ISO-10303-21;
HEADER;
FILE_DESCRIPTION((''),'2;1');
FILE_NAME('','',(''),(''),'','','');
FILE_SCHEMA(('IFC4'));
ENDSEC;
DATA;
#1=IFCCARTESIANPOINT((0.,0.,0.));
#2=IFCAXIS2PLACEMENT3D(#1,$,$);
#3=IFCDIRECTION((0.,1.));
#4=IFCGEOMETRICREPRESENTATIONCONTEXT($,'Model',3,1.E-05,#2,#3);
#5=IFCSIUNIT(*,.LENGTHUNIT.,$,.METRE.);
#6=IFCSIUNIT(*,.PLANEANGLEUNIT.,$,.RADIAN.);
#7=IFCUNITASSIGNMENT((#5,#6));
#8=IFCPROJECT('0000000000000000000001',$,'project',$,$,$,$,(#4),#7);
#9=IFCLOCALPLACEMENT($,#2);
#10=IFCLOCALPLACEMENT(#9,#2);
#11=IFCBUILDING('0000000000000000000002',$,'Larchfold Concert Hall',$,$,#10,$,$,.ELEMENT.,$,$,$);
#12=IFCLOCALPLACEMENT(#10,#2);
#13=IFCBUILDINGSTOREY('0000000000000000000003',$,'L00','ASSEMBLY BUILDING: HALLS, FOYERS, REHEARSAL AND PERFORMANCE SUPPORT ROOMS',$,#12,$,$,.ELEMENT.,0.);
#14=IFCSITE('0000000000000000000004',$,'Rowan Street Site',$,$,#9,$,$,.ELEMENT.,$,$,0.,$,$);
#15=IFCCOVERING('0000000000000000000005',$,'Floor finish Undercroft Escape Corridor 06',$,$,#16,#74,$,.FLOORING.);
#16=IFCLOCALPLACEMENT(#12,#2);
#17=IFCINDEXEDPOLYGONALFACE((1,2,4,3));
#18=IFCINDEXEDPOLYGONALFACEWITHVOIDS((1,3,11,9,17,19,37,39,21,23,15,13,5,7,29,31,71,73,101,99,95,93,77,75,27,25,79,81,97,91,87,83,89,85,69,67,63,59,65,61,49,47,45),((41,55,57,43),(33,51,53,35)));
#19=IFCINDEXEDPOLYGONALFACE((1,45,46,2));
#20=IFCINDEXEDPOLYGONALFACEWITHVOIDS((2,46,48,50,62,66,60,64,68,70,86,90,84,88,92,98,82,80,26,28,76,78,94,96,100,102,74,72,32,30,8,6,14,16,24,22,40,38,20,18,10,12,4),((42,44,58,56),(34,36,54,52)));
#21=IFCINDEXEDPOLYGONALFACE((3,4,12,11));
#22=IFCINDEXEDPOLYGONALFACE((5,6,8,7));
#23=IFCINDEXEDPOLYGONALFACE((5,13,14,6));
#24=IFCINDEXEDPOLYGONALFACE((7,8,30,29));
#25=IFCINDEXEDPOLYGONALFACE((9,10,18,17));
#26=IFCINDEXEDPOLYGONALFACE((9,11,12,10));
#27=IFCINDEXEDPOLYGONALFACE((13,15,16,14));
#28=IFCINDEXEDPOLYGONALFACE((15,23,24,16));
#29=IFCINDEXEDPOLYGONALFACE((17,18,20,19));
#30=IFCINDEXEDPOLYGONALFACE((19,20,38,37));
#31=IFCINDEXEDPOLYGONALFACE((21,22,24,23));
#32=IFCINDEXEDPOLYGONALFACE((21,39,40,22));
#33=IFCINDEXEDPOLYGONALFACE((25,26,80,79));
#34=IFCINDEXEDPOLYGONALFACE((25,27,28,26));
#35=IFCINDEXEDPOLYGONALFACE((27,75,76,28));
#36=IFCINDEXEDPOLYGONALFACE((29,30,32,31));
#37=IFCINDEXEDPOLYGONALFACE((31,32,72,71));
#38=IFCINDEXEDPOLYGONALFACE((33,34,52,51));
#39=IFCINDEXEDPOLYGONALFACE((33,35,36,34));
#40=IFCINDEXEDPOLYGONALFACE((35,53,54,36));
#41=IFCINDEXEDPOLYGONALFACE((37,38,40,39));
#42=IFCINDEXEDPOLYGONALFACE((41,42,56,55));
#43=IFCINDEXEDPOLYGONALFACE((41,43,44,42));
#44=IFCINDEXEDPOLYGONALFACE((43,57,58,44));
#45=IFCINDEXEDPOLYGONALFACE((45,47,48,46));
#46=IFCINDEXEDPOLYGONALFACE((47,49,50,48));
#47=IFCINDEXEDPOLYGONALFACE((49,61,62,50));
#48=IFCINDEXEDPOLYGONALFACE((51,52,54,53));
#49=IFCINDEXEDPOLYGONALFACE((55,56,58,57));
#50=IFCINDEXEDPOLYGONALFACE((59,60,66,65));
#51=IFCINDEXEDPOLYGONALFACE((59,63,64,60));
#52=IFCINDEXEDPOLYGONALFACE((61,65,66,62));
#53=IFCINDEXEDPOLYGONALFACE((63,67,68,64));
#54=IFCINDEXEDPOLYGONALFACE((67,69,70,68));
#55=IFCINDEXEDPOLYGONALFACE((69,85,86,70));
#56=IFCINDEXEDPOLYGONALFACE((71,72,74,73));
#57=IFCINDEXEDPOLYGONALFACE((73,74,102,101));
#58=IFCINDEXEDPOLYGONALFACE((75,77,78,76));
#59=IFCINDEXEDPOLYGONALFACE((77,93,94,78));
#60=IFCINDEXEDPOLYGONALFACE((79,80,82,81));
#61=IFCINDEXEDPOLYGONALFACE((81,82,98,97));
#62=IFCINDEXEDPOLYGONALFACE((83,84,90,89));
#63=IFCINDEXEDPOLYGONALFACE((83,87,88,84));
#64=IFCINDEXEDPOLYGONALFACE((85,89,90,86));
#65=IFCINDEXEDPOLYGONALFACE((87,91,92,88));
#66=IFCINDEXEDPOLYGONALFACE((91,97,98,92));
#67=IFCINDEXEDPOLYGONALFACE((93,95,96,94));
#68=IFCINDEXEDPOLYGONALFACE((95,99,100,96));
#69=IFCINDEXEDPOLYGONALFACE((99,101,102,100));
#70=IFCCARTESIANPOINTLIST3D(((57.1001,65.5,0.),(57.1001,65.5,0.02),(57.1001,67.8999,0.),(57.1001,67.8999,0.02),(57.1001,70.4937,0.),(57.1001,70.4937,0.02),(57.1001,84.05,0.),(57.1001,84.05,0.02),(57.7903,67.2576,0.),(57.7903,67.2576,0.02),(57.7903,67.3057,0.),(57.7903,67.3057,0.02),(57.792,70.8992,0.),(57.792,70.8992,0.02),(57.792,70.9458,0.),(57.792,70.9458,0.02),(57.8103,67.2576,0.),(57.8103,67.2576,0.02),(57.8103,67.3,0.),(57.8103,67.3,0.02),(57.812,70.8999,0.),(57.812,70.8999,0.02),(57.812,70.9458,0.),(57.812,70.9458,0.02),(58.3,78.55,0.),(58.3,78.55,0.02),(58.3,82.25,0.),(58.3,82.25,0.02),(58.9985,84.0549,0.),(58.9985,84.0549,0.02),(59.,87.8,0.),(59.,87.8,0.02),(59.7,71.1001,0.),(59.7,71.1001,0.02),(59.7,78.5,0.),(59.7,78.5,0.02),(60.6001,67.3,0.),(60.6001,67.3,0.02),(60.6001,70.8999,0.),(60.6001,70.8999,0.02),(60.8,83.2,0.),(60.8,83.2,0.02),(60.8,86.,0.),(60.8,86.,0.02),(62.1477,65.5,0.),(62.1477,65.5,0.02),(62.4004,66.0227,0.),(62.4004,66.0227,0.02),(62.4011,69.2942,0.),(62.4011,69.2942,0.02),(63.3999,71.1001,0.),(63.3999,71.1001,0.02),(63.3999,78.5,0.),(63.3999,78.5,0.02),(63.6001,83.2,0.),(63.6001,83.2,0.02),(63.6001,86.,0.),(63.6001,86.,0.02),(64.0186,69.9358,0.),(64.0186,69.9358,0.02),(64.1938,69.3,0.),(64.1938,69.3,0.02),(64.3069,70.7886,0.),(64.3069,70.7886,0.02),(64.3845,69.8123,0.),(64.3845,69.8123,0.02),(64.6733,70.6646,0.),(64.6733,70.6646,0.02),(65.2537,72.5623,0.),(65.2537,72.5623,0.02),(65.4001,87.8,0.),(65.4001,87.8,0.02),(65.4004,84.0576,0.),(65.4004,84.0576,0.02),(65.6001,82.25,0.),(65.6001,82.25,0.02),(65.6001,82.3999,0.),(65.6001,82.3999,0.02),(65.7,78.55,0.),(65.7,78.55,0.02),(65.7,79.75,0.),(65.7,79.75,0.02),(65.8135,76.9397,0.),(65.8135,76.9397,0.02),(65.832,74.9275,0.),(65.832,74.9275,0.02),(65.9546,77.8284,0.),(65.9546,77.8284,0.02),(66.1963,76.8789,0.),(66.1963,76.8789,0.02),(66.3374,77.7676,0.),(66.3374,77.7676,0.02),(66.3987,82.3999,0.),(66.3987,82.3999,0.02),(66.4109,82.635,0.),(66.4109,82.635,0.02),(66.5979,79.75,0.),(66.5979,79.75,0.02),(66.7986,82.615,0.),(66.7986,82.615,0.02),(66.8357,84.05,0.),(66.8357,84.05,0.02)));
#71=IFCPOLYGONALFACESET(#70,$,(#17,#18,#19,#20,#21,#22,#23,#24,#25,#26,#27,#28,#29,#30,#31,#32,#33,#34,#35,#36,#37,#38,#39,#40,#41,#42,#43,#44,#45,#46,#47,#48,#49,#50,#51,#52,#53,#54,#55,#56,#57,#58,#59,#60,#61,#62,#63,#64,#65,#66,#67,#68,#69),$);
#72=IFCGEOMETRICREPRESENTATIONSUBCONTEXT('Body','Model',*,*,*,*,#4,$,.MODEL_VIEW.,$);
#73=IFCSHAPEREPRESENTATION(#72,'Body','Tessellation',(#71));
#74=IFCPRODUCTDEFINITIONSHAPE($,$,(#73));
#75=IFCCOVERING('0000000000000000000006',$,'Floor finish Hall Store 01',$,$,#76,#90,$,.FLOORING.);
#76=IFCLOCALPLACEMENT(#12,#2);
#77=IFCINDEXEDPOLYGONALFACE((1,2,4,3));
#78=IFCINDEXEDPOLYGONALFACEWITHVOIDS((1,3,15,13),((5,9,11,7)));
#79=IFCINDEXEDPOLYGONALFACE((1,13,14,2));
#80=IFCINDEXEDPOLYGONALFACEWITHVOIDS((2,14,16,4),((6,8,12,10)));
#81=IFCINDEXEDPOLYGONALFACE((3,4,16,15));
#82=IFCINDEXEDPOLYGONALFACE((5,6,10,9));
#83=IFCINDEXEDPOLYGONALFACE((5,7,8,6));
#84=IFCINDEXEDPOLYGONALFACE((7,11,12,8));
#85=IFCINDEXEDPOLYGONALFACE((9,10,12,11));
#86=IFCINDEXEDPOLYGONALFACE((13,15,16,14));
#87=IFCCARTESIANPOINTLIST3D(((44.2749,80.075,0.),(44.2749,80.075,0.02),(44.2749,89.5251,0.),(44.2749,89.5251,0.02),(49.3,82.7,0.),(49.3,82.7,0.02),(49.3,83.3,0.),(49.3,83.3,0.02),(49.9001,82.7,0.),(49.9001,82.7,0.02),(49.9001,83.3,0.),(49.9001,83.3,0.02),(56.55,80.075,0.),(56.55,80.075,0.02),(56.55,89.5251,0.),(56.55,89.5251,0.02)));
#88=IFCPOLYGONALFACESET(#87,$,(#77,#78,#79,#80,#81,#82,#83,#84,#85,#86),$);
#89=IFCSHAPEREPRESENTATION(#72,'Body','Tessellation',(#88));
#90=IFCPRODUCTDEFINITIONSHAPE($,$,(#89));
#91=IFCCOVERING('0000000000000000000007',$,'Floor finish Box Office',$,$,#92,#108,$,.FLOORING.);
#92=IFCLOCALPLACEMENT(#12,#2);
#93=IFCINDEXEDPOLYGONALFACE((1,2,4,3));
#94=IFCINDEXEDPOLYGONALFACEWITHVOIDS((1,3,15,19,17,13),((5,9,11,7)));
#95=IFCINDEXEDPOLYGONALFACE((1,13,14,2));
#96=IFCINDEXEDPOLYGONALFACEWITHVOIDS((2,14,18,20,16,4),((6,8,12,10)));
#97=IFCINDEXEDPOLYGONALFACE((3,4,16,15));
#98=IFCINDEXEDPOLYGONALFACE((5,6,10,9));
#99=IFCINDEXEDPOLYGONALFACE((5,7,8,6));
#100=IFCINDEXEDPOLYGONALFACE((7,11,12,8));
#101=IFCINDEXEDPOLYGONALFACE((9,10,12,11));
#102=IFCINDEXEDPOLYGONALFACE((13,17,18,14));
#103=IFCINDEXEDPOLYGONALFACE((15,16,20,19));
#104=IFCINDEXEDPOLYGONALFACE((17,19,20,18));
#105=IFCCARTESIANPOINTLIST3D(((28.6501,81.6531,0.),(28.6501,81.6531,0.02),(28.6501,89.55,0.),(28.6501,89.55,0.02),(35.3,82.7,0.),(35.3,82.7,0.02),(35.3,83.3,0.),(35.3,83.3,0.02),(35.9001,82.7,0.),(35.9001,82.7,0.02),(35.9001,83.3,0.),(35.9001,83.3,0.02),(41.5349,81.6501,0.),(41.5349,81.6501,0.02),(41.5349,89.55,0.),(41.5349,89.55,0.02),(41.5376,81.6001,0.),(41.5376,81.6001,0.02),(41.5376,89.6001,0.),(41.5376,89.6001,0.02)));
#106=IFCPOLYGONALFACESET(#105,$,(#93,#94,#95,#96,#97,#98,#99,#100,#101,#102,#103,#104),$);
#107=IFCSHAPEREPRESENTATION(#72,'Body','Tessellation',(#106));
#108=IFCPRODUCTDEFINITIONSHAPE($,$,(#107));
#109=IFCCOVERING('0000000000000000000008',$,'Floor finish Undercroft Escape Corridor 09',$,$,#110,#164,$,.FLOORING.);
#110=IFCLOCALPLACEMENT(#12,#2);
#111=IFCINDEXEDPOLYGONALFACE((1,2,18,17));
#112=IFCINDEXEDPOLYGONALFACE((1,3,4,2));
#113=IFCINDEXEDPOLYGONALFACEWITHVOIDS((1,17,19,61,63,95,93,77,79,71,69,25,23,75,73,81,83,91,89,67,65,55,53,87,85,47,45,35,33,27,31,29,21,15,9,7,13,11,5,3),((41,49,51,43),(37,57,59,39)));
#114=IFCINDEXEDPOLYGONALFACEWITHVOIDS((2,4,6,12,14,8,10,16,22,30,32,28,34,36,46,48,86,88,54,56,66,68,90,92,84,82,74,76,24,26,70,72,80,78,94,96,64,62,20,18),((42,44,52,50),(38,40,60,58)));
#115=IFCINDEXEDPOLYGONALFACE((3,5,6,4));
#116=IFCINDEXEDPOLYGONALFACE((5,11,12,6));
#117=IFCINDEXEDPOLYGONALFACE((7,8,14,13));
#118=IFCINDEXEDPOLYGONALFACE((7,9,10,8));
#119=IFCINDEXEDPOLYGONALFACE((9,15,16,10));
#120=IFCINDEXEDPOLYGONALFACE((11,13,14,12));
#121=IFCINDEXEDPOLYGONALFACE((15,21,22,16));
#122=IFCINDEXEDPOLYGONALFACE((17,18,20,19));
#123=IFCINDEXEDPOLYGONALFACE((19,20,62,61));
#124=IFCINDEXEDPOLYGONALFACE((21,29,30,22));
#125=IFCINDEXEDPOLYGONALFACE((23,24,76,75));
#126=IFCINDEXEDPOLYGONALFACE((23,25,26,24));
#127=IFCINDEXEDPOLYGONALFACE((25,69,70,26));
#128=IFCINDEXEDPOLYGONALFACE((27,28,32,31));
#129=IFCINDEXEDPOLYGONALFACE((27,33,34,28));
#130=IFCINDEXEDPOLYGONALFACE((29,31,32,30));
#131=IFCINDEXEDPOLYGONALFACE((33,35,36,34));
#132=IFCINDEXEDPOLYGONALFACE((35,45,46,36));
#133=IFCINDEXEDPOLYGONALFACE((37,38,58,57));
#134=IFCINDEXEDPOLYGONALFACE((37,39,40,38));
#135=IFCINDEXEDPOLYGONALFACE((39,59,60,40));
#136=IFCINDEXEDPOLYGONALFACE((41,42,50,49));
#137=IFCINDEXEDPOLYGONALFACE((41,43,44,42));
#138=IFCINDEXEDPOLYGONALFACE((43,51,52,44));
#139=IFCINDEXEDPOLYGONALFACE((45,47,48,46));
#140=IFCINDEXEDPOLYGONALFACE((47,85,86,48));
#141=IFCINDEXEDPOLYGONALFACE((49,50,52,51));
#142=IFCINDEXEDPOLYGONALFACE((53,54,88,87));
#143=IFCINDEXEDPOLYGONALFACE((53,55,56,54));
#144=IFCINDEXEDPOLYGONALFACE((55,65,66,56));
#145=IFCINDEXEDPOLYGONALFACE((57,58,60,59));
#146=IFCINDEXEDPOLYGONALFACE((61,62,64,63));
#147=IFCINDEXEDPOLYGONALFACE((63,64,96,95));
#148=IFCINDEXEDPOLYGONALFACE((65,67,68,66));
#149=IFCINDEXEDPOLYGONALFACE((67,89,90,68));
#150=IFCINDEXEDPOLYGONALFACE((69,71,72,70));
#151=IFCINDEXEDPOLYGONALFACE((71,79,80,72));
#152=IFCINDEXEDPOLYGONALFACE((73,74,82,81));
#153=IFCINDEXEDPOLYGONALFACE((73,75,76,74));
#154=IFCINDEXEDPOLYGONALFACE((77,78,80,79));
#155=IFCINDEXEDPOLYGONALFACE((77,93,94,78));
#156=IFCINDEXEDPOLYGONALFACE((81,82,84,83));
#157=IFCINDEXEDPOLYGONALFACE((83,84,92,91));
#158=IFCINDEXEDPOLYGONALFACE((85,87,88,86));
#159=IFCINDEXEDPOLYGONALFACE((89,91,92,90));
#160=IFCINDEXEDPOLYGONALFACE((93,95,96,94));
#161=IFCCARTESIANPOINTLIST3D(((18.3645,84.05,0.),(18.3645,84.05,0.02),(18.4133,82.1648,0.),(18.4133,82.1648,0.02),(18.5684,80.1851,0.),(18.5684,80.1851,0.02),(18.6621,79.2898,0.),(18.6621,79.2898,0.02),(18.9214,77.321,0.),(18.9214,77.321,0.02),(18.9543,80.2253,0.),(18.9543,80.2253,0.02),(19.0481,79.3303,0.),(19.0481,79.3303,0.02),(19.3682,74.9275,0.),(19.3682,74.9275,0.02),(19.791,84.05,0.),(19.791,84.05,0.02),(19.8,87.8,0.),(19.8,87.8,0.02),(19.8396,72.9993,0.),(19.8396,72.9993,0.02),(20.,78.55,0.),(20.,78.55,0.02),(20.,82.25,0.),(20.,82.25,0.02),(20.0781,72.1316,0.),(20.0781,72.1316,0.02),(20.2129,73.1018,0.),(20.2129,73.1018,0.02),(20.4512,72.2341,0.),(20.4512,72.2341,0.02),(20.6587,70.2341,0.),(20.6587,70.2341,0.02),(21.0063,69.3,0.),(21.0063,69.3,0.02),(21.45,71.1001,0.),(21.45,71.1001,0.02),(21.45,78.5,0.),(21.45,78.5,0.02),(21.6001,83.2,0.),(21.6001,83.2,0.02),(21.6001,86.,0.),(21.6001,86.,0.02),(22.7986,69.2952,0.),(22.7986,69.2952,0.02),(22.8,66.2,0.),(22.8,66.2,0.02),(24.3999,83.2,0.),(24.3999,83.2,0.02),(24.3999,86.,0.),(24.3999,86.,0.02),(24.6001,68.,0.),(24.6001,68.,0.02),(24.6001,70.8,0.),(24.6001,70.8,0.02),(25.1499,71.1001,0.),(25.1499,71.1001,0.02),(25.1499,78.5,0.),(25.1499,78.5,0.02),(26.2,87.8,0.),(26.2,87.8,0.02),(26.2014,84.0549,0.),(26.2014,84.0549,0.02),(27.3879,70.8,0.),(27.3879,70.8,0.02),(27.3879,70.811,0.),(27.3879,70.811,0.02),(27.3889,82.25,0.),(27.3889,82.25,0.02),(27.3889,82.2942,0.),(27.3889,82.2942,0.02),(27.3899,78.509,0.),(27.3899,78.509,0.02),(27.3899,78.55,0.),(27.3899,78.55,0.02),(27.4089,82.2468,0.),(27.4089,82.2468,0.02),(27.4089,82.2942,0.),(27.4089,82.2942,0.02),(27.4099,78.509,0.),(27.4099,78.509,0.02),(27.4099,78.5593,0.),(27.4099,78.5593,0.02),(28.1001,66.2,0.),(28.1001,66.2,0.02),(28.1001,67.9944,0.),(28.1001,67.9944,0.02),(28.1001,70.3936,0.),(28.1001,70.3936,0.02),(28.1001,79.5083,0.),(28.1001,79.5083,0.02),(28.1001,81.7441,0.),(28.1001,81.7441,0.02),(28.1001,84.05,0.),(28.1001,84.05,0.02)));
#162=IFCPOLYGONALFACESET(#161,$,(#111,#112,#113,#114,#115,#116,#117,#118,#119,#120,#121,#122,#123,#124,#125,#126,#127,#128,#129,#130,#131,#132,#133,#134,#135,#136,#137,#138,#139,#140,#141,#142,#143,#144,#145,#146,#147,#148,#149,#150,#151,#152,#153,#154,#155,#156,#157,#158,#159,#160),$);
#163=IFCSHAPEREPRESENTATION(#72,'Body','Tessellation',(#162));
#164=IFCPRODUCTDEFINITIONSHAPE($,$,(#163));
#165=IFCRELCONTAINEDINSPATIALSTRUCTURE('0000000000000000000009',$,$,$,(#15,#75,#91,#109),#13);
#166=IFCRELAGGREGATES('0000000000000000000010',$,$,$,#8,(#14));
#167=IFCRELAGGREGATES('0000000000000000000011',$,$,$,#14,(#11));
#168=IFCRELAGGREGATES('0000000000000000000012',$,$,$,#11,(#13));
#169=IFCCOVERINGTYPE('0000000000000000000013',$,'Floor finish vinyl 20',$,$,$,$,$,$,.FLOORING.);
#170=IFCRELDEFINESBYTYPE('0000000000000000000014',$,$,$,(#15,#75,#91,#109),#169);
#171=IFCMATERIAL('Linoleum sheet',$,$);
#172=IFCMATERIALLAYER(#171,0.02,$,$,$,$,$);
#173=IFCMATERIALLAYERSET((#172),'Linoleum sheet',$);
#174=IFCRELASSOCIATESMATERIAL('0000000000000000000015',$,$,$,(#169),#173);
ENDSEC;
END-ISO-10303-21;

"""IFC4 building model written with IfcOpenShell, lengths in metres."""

from ifc_helpers import new_model, si_unit, direction, origin, place, context, subcontext, project, spatial, polyline, outline, extrude, material, layer, layer_set, type_object, element, save


model = new_model("IFC4")

# Units and contexts
model_context = context("Model", 3, precision=1e-05, world=origin(), true_north=direction((0.0, 1.0)))
body_context = subcontext(model_context, "Body", "Model", "MODEL_VIEW")
ifc_project = project(units=[si_unit("LENGTHUNIT", "METRE"), si_unit("PLANEANGLEUNIT", "RADIAN")], contexts=[model_context])

# Site, building, storey
site_placement = place(None, origin())
site = spatial("IfcSite", under=ifc_project, at=site_placement, Name="Rowan Street Site", CompositionType="ELEMENT", RefElevation=0.0)
building_placement = place(site_placement, origin())
building = spatial("IfcBuilding", under=site, at=building_placement, Name="Larchfold Concert Hall", CompositionType="ELEMENT")
storey_placement = place(building_placement, origin())
storey = spatial("IfcBuildingStorey", under=building, at=storey_placement, Name="L00", Description="ASSEMBLY BUILDING: HALLS, FOYERS, REHEARSAL AND PERFORMANCE SUPPORT ROOMS", CompositionType="ELEMENT", Elevation=0.0)

# Coverings
ifc_material_1 = material(Name="Linoleum sheet")
ifc_layer_1 = layer(ifc_material_1, 0.02)
ifc_layer_set_1 = layer_set([ifc_layer_1], Name="Linoleum sheet")
covering_type_1 = type_object("IfcCoveringType", Name="Floor finish vinyl 20", PredefinedType="FLOORING", material=ifc_layer_set_1)
covering_1_placement = place(storey_placement, origin())
element("IfcCovering", 1, at=covering_1_placement, inside=storey, type_object=covering_type_1, Name="Floor finish Undercroft Escape Corridor 06", PredefinedType="FLOORING", context=body_context, shape_type="SweptSolid", body=[
    extrude(outline(polyline([(57.7903, 67.2576), (57.7903, 67.3057), (57.1001, 67.8999), (57.1001, 65.5), (62.1477, 65.5), (62.4004, 66.0227), (62.4011, 69.2942), (64.1938, 69.3), (64.3845, 69.8123), (64.0186, 69.9358), (64.3069, 70.7886), (64.6733, 70.6646), (65.2537, 72.5623), (65.832, 74.9275), (66.1963, 76.8789), (65.8135, 76.9397), (65.9546, 77.8284), (66.3374, 77.7676), (66.5979, 79.75), (65.7, 79.75), (65.7, 78.55), (58.3, 78.55), (58.3, 82.25), (65.6001, 82.25), (65.6001, 82.3999), (66.3987, 82.3999), (66.4109, 82.635), (66.7986, 82.615), (66.8357, 84.05), (65.4004, 84.0576), (65.4001, 87.8), (59.0, 87.8), (58.9985, 84.0549), (57.1001, 84.05), (57.1001, 70.4937), (57.792, 70.8992), (57.792, 70.9458), (57.812, 70.9458), (57.812, 70.8999), (60.6001, 70.8999), (60.6001, 67.3), (57.8103, 67.3), (57.8103, 67.2576), (57.7903, 67.2576)]), holes=[polyline([(60.8, 83.2), (60.8, 86.0), (63.6001, 86.0), (63.6001, 83.2), (60.8, 83.2)]), polyline([(59.7, 71.1001), (59.7, 78.5), (63.3999, 78.5), (63.3999, 71.1001), (59.7, 71.1001)])]), origin(), (0.0, 0.0, 1.0), 0.02),
])
covering_2_placement = place(storey_placement, origin())
element("IfcCovering", 2, at=covering_2_placement, inside=storey, type_object=covering_type_1, Name="Floor finish Hall Store 01", PredefinedType="FLOORING", context=body_context, shape_type="SweptSolid", body=[
    extrude(outline(polyline([(56.55, 89.5251), (44.2749, 89.5251), (44.2749, 80.075), (56.55, 80.075), (56.55, 89.5251)]), holes=[polyline([(49.9001, 82.7), (49.3, 82.7), (49.3, 83.3), (49.9001, 83.3), (49.9001, 82.7)])]), origin(), (0.0, 0.0, 1.0), 0.02),
])
covering_3_placement = place(storey_placement, origin())
element("IfcCovering", 3, at=covering_3_placement, inside=storey, type_object=covering_type_1, Name="Floor finish Box Office", PredefinedType="FLOORING", context=body_context, shape_type="SweptSolid", body=[
    extrude(outline(polyline([(28.6501, 89.55), (28.6501, 81.6531), (41.5349, 81.6501), (41.5376, 81.6001), (41.5376, 89.6001), (41.5349, 89.55), (28.6501, 89.55)]), holes=[polyline([(35.3, 83.3), (35.9001, 83.3), (35.9001, 82.7), (35.3, 82.7), (35.3, 83.3)])]), origin(), (0.0, 0.0, 1.0), 0.02),
])
covering_4_placement = place(storey_placement, origin())
element("IfcCovering", 4, at=covering_4_placement, inside=storey, type_object=covering_type_1, Name="Floor finish Undercroft Escape Corridor 09", PredefinedType="FLOORING", context=body_context, shape_type="SweptSolid", body=[
    extrude(outline(polyline([(19.8, 87.8), (19.791, 84.05), (18.3645, 84.05), (18.4133, 82.1648), (18.5684, 80.1851), (18.9543, 80.2253), (19.0481, 79.3303), (18.6621, 79.2898), (18.9214, 77.321), (19.3682, 74.9275), (19.8396, 72.9993), (20.2129, 73.1018), (20.4512, 72.2341), (20.0781, 72.1316), (20.6587, 70.2341), (21.0063, 69.3), (22.7986, 69.2952), (22.8, 66.2), (28.1001, 66.2), (28.1001, 67.9944), (24.6001, 68.0), (24.6001, 70.8), (27.3879, 70.8), (27.3879, 70.811), (28.1001, 70.3936), (28.1001, 79.5083), (27.4099, 78.5593), (27.4099, 78.509), (27.3899, 78.509), (27.3899, 78.55), (20.0, 78.55), (20.0, 82.25), (27.3889, 82.25), (27.3889, 82.2942), (27.4089, 82.2942), (27.4089, 82.2468), (28.1001, 81.7441), (28.1001, 84.05), (26.2014, 84.0549), (26.2, 87.8), (19.8, 87.8)]), holes=[polyline([(21.45, 78.5), (25.1499, 78.5), (25.1499, 71.1001), (21.45, 71.1001), (21.45, 78.5)]), polyline([(21.6001, 83.2), (21.6001, 86.0), (24.3999, 86.0), (24.3999, 83.2), (21.6001, 83.2)])]), origin(), (0.0, 0.0, 1.0), 0.02),
])

save(model, "model.ifc")
